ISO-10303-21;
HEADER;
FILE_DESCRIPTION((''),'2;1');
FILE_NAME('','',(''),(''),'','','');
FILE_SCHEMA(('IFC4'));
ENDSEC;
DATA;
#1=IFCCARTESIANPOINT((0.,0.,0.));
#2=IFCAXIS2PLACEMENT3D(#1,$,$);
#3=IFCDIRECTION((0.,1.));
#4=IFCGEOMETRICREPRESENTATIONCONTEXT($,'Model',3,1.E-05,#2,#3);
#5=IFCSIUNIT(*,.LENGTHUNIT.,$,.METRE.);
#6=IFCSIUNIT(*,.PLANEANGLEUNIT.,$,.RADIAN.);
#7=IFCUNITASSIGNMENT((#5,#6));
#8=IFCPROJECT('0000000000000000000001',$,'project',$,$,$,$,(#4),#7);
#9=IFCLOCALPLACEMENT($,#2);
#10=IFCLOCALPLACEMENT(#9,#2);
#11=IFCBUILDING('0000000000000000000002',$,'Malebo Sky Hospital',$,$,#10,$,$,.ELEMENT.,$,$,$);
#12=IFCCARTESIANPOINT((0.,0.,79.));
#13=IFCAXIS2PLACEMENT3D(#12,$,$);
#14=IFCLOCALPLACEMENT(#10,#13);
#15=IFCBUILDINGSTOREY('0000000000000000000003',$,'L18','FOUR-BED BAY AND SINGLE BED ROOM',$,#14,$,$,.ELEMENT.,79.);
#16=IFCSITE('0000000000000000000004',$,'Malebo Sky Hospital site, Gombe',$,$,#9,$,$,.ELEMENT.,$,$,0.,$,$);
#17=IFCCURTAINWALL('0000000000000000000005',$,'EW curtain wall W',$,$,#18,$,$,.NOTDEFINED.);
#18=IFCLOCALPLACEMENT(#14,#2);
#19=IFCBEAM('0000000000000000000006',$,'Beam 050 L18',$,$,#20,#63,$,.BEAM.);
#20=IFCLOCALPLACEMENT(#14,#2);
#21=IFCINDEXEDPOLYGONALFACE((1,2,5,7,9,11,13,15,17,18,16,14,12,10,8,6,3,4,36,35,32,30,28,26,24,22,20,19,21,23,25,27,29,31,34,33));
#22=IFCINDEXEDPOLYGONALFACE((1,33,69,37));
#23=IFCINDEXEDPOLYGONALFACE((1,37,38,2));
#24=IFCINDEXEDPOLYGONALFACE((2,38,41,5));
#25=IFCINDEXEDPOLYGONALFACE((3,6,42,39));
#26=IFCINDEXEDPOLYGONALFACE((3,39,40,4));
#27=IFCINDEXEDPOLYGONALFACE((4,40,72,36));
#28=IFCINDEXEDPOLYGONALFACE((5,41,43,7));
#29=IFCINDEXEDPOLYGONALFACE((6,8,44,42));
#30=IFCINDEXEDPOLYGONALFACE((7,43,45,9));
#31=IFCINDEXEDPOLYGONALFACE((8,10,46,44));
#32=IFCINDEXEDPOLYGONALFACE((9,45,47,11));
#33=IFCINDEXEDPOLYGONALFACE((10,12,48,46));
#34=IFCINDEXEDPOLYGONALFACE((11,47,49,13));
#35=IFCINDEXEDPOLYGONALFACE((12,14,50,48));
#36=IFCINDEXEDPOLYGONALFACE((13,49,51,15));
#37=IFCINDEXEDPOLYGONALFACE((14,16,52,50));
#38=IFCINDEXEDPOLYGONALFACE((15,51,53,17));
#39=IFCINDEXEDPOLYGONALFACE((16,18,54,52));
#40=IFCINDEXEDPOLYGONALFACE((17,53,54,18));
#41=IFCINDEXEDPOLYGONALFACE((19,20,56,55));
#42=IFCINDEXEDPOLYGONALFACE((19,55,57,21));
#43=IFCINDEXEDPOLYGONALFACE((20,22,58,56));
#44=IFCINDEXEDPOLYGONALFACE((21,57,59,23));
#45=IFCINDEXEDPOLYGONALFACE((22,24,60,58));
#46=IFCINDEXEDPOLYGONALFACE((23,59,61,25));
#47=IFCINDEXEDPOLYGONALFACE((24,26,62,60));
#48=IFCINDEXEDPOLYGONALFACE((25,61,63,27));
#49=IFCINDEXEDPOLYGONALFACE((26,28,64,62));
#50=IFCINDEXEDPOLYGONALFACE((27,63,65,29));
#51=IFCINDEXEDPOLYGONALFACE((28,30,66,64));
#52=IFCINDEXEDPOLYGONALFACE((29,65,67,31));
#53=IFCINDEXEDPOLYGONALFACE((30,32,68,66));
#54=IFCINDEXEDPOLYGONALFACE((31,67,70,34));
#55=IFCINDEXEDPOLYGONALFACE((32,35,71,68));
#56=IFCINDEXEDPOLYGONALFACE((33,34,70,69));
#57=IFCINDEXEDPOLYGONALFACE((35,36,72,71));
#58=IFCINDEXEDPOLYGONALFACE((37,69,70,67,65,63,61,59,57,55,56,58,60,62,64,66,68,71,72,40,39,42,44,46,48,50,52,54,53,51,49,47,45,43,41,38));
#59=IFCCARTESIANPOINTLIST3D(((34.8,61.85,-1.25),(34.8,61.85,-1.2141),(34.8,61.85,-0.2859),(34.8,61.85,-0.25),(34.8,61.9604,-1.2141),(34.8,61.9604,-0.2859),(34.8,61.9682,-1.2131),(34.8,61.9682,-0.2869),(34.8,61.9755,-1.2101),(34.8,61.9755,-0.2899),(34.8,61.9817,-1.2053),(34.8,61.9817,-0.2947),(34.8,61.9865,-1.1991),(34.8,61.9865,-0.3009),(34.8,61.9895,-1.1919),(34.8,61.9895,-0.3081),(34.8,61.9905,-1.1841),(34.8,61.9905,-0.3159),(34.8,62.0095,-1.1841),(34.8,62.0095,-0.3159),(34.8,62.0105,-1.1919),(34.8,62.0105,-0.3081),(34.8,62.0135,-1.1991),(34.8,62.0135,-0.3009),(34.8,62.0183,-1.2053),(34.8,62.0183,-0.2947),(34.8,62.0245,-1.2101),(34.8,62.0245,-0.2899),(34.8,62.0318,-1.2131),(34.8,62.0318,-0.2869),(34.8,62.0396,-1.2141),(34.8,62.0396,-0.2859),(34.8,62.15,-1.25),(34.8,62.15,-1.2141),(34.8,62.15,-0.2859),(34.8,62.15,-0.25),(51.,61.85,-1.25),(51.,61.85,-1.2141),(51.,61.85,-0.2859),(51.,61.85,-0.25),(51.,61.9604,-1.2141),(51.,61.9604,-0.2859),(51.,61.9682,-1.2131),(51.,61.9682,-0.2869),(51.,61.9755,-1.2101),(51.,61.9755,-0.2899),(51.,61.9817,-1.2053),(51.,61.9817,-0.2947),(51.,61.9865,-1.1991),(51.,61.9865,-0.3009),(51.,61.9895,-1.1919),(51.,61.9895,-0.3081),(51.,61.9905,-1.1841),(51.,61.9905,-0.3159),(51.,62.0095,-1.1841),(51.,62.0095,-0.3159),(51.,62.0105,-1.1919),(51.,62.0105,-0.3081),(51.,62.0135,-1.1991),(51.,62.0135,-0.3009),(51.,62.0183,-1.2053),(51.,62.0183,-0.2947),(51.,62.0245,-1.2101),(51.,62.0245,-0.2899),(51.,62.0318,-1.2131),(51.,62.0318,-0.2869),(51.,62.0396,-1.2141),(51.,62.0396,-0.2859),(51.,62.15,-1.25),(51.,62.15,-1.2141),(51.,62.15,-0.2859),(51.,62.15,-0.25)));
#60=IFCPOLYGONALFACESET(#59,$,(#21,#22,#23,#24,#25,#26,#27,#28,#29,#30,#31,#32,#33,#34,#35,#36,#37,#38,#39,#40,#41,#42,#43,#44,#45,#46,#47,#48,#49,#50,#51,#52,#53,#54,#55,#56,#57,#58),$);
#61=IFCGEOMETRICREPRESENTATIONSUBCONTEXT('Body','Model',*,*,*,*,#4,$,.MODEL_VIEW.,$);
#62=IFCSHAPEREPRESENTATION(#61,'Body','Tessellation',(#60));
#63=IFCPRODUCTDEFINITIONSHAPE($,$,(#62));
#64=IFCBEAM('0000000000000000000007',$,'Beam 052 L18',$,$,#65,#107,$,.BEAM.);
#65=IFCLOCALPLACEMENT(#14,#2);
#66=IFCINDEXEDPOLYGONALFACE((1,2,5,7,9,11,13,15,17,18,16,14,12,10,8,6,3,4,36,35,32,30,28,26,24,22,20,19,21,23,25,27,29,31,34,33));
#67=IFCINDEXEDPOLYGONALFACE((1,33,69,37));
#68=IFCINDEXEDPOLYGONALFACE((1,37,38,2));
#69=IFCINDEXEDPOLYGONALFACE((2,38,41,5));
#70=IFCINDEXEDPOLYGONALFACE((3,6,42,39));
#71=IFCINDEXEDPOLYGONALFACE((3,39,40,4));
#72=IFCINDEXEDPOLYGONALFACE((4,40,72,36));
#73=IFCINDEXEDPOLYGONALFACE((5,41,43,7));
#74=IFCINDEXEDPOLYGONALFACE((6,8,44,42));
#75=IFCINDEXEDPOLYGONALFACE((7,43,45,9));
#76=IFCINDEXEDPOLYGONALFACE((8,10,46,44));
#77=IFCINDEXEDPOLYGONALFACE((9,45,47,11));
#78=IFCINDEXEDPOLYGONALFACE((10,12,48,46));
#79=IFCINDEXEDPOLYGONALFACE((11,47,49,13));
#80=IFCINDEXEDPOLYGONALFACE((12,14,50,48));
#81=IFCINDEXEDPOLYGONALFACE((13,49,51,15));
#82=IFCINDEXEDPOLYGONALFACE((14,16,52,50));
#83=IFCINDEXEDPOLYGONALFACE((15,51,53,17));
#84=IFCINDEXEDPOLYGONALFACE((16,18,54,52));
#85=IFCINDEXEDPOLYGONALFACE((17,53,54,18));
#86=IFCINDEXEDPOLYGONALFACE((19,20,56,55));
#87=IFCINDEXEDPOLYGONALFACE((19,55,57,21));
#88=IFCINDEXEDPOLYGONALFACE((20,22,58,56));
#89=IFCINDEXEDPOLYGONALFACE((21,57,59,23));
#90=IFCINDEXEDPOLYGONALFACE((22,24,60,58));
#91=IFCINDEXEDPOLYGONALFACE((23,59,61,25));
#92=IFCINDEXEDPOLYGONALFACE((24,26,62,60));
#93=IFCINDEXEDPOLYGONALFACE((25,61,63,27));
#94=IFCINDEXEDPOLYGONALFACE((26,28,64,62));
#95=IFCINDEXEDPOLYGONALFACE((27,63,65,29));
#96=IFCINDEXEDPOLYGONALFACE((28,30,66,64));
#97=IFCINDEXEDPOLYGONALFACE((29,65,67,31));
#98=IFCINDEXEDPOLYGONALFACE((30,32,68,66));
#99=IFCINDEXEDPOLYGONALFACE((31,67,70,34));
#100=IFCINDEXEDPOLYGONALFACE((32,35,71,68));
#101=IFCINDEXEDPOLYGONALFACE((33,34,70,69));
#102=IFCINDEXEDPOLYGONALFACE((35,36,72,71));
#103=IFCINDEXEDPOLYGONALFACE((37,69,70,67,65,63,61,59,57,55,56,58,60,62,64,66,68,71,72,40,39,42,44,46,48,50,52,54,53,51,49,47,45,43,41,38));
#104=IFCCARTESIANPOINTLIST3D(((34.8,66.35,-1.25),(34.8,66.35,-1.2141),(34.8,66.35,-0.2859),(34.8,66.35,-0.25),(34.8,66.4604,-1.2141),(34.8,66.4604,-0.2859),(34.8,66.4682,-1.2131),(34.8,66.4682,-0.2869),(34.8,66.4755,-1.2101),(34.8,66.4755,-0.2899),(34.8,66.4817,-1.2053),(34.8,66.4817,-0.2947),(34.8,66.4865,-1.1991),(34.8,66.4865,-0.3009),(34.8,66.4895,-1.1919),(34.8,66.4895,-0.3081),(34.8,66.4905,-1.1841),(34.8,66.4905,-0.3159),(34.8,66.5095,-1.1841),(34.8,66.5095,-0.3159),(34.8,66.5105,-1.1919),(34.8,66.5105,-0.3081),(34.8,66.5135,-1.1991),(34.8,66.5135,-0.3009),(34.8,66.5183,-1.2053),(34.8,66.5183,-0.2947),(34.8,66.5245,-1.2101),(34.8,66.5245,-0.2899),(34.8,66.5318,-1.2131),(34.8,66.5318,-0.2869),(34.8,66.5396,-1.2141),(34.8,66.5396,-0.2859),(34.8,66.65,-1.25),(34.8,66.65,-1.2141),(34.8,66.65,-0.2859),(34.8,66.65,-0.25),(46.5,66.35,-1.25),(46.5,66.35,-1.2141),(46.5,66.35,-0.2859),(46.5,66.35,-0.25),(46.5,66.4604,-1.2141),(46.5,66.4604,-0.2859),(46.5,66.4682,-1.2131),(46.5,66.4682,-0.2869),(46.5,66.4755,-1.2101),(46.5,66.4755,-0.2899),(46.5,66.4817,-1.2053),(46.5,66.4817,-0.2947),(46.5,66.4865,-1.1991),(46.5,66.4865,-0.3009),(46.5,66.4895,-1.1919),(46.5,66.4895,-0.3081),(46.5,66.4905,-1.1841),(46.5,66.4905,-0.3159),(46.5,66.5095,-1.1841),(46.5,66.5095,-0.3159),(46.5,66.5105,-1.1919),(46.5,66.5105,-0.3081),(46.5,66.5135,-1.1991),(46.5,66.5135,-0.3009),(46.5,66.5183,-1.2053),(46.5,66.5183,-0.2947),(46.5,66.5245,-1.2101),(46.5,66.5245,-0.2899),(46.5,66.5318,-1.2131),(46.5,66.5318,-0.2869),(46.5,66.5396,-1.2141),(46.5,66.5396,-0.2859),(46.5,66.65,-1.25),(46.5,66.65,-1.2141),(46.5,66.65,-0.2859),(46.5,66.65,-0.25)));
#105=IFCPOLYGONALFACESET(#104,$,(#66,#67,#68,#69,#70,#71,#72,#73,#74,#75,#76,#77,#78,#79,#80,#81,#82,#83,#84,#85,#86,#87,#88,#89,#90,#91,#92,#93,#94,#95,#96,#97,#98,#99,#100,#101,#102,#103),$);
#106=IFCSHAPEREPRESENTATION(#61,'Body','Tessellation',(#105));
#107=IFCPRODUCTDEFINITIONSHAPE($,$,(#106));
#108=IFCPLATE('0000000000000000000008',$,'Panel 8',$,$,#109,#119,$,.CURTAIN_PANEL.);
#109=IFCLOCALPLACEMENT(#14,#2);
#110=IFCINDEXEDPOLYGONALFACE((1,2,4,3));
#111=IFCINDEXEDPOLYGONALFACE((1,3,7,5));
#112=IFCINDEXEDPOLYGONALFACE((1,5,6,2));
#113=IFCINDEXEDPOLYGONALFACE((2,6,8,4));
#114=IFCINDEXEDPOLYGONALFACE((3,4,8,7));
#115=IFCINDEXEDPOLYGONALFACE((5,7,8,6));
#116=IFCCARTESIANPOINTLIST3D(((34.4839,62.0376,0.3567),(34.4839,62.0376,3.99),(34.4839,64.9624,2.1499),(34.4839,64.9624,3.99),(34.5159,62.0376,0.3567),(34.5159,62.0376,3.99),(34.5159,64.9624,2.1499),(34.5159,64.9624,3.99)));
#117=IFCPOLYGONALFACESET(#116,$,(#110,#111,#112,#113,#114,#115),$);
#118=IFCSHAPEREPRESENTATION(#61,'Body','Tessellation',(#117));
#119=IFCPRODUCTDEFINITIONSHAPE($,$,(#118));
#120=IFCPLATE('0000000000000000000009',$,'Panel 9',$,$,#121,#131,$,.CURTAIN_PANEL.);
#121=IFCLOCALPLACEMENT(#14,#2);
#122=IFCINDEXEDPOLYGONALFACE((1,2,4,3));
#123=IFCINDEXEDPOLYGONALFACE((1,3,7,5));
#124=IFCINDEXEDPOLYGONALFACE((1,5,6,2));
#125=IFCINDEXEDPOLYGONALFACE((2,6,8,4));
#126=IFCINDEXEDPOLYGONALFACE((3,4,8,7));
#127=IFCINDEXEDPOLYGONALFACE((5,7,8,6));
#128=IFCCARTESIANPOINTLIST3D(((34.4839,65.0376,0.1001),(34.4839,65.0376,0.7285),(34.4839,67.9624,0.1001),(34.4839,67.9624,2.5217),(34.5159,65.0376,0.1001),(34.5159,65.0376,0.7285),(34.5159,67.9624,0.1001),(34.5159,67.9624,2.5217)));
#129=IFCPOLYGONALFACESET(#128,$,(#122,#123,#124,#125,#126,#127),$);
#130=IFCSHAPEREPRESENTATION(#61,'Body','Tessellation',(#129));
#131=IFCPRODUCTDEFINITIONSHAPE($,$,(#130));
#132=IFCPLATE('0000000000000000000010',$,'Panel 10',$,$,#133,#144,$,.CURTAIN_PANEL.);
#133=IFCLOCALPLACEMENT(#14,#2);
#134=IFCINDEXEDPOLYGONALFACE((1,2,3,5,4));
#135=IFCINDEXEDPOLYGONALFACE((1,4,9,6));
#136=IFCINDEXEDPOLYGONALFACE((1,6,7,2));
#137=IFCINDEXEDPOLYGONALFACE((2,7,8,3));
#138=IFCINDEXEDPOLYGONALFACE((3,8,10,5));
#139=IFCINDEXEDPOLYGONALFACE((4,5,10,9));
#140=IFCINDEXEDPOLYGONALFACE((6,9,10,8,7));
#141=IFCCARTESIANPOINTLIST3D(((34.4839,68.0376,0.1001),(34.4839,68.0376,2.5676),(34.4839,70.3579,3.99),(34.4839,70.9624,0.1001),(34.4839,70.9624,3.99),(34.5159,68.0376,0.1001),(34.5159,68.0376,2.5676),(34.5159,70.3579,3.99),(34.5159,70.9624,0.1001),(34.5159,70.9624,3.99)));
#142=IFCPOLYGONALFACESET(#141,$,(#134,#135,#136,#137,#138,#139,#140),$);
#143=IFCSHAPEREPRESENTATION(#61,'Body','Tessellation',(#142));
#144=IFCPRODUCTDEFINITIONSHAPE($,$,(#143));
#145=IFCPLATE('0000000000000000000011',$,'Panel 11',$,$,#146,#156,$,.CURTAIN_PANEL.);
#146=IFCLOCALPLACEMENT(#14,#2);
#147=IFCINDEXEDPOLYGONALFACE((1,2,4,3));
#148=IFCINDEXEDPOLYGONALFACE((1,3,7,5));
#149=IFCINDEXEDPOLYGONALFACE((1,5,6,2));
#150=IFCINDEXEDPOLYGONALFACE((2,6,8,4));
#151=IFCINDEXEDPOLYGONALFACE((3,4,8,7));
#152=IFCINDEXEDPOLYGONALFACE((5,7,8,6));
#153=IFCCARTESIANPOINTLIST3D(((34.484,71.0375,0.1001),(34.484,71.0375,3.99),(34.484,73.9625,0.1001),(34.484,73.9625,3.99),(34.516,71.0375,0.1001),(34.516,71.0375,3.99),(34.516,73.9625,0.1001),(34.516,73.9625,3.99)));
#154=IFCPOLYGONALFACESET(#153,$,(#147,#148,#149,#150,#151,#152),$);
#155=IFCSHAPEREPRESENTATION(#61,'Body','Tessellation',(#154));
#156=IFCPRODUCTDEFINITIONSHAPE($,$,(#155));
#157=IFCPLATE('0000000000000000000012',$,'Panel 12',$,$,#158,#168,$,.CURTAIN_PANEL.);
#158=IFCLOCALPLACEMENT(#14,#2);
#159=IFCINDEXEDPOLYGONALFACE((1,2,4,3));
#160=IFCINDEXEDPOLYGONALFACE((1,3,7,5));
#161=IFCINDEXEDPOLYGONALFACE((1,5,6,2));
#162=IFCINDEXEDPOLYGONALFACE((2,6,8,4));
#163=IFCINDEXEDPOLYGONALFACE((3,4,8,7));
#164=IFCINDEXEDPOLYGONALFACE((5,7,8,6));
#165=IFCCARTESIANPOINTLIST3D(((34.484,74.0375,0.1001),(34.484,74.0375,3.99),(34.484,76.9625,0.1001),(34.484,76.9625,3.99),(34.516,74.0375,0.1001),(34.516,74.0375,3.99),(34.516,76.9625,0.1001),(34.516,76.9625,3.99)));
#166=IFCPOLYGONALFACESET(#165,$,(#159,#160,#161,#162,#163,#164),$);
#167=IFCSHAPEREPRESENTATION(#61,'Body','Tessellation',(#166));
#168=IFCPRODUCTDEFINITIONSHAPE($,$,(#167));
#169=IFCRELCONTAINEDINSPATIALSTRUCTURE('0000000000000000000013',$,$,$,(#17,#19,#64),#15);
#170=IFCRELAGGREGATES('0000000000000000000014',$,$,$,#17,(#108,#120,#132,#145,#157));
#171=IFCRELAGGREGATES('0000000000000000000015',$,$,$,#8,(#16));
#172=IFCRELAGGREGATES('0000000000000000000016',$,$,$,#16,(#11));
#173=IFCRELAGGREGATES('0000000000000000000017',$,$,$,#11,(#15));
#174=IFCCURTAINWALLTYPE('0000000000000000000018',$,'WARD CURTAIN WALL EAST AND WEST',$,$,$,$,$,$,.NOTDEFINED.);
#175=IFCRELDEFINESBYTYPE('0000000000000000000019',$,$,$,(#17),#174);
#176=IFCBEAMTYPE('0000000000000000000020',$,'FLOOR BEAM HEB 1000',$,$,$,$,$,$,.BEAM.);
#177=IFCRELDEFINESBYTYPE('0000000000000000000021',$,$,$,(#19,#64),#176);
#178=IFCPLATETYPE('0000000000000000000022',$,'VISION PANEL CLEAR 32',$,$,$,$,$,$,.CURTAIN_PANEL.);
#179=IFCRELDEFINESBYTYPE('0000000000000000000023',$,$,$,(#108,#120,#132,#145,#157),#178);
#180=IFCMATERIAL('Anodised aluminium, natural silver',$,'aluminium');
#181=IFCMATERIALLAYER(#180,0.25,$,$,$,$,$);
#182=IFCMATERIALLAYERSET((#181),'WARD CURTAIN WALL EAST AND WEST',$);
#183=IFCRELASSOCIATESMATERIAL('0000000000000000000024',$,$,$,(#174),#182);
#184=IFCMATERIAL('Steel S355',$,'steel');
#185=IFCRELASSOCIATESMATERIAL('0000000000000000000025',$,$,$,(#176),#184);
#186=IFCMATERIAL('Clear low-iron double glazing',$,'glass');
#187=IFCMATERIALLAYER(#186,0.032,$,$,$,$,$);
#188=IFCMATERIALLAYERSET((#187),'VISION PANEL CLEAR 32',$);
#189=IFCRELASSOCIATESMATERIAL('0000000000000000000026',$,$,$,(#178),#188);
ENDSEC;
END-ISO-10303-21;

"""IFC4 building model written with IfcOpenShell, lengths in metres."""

from ifc_helpers import new_model, si_unit, direction, frame, origin, origin_2d, place, context, subcontext, project, spatial, polyline, rectangle, i_section, outline, extrude, material, layer, layer_set, material_profile, profile_set, type_object, element, aggregate, save


model = new_model("IFC4")

# Units and contexts
model_context = context("Model", 3, precision=1e-05, world=origin(), true_north=direction((0.0, 1.0)))
body_context = subcontext(model_context, "Body", "Model", "MODEL_VIEW")
ifc_project = project(units=[si_unit("LENGTHUNIT", "METRE"), si_unit("PLANEANGLEUNIT", "RADIAN")], contexts=[model_context])

# Site, building, storey
site_placement = place(None, origin())
site = spatial("IfcSite", under=ifc_project, at=site_placement, Name="Malebo Sky Hospital site, Gombe", CompositionType="ELEMENT", RefElevation=0.0)
building_placement = place(site_placement, origin())
building = spatial("IfcBuilding", under=site, at=building_placement, Name="Malebo Sky Hospital", CompositionType="ELEMENT")
storey_placement = place(building_placement, frame((0.0, 0.0, 79.0)))
storey = spatial("IfcBuildingStorey", under=building, at=storey_placement, Name="L18", Description="FOUR-BED BAY AND SINGLE BED ROOM", CompositionType="ELEMENT", Elevation=79.0)

# Curtain wall
ifc_material_1 = material(Name="Anodised aluminium, natural silver", Category="aluminium")
ifc_layer_1 = layer(ifc_material_1, 0.25)
ifc_layer_set_1 = layer_set([ifc_layer_1], Name="WARD CURTAIN WALL EAST AND WEST")
curtain_wall_type = type_object("IfcCurtainWallType", Name="WARD CURTAIN WALL EAST AND WEST", PredefinedType="NOTDEFINED", material=ifc_layer_set_1)
curtain_wall_placement = place(storey_placement, origin())
curtain_wall = element("IfcCurtainWall", 1, at=curtain_wall_placement, inside=storey, type_object=curtain_wall_type, Name="EW curtain wall W", PredefinedType="NOTDEFINED")

# Shared definitions
ifc_material_2 = material(Name="Steel S355", Category="steel")

# Beams
ifc_material_profile_1 = material_profile(ifc_material_2, i_section(OverallWidth=0.3, OverallDepth=1.0, WebThickness=0.019, FlangeThickness=0.0359, FilletRadius=0.03, at=origin_2d()), Name="HEB 1000")
ifc_profile_set_1 = profile_set([ifc_material_profile_1], Name="Steel S355")
beam_type_1 = type_object("IfcBeamType", Name="FLOOR BEAM HEB 1000", PredefinedType="BEAM", material=ifc_profile_set_1)
beam_1_placement = place(storey_placement, frame((34.8, 62.0, -0.75), z_axis=(1.0, 0.0, 0.0), x_axis=(0.0, 1.0, 0.0)))
element("IfcBeam", 2, at=beam_1_placement, inside=storey, type_object=beam_type_1, Name="Beam 050 L18", PredefinedType="BEAM", context=body_context, shape_type="SweptSolid", body=[
    extrude(i_section(OverallWidth=0.3, OverallDepth=1.0, WebThickness=0.019, FlangeThickness=0.0359, FilletRadius=0.03, at=origin_2d()), origin(), (0.0, 0.0, 1.0), 16.2),
])
beam_2_placement = place(storey_placement, frame((34.8, 66.5, -0.75), z_axis=(1.0, 0.0, 0.0), x_axis=(0.0, 1.0, 0.0)))
element("IfcBeam", 3, at=beam_2_placement, inside=storey, type_object=beam_type_1, Name="Beam 052 L18", PredefinedType="BEAM", context=body_context, shape_type="SweptSolid", body=[
    extrude(i_section(OverallWidth=0.3, OverallDepth=1.0, WebThickness=0.019, FlangeThickness=0.0359, FilletRadius=0.03, at=origin_2d()), origin(), (0.0, 0.0, 1.0), 11.7),
])

# Plates
ifc_material_3 = material(Name="Clear low-iron double glazing", Category="glass")
ifc_layer_2 = layer(ifc_material_3, 0.032)
ifc_layer_set_2 = layer_set([ifc_layer_2], Name="VISION PANEL CLEAR 32")
plate_type = type_object("IfcPlateType", Name="VISION PANEL CLEAR 32", PredefinedType="CURTAIN_PANEL", material=ifc_layer_set_2)
plate_1_placement = place(storey_placement, frame((34.5, 63.5, 0.3567), z_axis=(0.0, 0.0, 1.0), x_axis=(0.0, 1.0, 0.0)))
plate_1 = element("IfcPlate", 4, at=plate_1_placement, type_object=plate_type, Name="Panel 8", PredefinedType="CURTAIN_PANEL", context=body_context, shape_type="SweptSolid", body=[
    extrude(outline(polyline([(-1.4624, 0.0), (1.4624, 1.7932), (1.4624, 3.6333), (-1.4624, 3.6333), (-1.4624, 0.0)])), frame((0.0, 0.0161, 0.0), z_axis=(0.0, -1.0, 0.0), x_axis=(1.0, 0.0, 0.0)), (0.0, 0.0, 1.0), 0.032),
])
plate_2_placement = place(storey_placement, frame((34.5, 66.5, 0.1001), z_axis=(0.0, 0.0, 1.0), x_axis=(0.0, 1.0, 0.0)))
plate_2 = element("IfcPlate", 5, at=plate_2_placement, type_object=plate_type, Name="Panel 9", PredefinedType="CURTAIN_PANEL", context=body_context, shape_type="SweptSolid", body=[
    extrude(outline(polyline([(-1.4624, 0.0), (1.4624, 0.0), (1.4624, 2.4216), (-1.4624, 0.6284), (-1.4624, 0.0)])), frame((0.0, 0.0161, 0.0), z_axis=(0.0, -1.0, 0.0), x_axis=(1.0, 0.0, 0.0)), (0.0, 0.0, 1.0), 0.032),
])
plate_3_placement = place(storey_placement, frame((34.5, 69.5, 0.1001), z_axis=(0.0, 0.0, 1.0), x_axis=(0.0, 1.0, 0.0)))
plate_3 = element("IfcPlate", 6, at=plate_3_placement, type_object=plate_type, Name="Panel 10", PredefinedType="CURTAIN_PANEL", context=body_context, shape_type="SweptSolid", body=[
    extrude(outline(polyline([(-1.4624, 0.0), (1.4624, 0.0), (1.4624, 3.8899), (0.8579, 3.8899), (-1.4624, 2.4675), (-1.4624, 0.0)])), frame((0.0, 0.0161, 0.0), z_axis=(0.0, -1.0, 0.0), x_axis=(1.0, 0.0, 0.0)), (0.0, 0.0, 1.0), 0.032),
])
plate_4_placement = place(storey_placement, frame((34.5, 72.5, 0.1001), z_axis=(0.0, 0.0, 1.0), x_axis=(0.0, 1.0, 0.0)))
plate_4 = element("IfcPlate", 7, at=plate_4_placement, type_object=plate_type, Name="Panel 11", PredefinedType="CURTAIN_PANEL", context=body_context, shape_type="SweptSolid", body=[
    extrude(rectangle(XDim=2.925, YDim=0.032, at=origin_2d()), origin(), (0.0, 0.0, 1.0), 3.8899),
])
plate_5_placement = place(storey_placement, frame((34.5, 75.5, 0.1001), z_axis=(0.0, 0.0, 1.0), x_axis=(0.0, 1.0, 0.0)))
plate_5 = element("IfcPlate", 8, at=plate_5_placement, type_object=plate_type, Name="Panel 12", PredefinedType="CURTAIN_PANEL", context=body_context, shape_type="SweptSolid", body=[
    extrude(rectangle(XDim=2.925, YDim=0.032, at=origin_2d()), origin(), (0.0, 0.0, 1.0), 3.8899),
])
aggregate(curtain_wall, [plate_1, plate_2, plate_3, plate_4, plate_5])

save(model, "model.ifc")
